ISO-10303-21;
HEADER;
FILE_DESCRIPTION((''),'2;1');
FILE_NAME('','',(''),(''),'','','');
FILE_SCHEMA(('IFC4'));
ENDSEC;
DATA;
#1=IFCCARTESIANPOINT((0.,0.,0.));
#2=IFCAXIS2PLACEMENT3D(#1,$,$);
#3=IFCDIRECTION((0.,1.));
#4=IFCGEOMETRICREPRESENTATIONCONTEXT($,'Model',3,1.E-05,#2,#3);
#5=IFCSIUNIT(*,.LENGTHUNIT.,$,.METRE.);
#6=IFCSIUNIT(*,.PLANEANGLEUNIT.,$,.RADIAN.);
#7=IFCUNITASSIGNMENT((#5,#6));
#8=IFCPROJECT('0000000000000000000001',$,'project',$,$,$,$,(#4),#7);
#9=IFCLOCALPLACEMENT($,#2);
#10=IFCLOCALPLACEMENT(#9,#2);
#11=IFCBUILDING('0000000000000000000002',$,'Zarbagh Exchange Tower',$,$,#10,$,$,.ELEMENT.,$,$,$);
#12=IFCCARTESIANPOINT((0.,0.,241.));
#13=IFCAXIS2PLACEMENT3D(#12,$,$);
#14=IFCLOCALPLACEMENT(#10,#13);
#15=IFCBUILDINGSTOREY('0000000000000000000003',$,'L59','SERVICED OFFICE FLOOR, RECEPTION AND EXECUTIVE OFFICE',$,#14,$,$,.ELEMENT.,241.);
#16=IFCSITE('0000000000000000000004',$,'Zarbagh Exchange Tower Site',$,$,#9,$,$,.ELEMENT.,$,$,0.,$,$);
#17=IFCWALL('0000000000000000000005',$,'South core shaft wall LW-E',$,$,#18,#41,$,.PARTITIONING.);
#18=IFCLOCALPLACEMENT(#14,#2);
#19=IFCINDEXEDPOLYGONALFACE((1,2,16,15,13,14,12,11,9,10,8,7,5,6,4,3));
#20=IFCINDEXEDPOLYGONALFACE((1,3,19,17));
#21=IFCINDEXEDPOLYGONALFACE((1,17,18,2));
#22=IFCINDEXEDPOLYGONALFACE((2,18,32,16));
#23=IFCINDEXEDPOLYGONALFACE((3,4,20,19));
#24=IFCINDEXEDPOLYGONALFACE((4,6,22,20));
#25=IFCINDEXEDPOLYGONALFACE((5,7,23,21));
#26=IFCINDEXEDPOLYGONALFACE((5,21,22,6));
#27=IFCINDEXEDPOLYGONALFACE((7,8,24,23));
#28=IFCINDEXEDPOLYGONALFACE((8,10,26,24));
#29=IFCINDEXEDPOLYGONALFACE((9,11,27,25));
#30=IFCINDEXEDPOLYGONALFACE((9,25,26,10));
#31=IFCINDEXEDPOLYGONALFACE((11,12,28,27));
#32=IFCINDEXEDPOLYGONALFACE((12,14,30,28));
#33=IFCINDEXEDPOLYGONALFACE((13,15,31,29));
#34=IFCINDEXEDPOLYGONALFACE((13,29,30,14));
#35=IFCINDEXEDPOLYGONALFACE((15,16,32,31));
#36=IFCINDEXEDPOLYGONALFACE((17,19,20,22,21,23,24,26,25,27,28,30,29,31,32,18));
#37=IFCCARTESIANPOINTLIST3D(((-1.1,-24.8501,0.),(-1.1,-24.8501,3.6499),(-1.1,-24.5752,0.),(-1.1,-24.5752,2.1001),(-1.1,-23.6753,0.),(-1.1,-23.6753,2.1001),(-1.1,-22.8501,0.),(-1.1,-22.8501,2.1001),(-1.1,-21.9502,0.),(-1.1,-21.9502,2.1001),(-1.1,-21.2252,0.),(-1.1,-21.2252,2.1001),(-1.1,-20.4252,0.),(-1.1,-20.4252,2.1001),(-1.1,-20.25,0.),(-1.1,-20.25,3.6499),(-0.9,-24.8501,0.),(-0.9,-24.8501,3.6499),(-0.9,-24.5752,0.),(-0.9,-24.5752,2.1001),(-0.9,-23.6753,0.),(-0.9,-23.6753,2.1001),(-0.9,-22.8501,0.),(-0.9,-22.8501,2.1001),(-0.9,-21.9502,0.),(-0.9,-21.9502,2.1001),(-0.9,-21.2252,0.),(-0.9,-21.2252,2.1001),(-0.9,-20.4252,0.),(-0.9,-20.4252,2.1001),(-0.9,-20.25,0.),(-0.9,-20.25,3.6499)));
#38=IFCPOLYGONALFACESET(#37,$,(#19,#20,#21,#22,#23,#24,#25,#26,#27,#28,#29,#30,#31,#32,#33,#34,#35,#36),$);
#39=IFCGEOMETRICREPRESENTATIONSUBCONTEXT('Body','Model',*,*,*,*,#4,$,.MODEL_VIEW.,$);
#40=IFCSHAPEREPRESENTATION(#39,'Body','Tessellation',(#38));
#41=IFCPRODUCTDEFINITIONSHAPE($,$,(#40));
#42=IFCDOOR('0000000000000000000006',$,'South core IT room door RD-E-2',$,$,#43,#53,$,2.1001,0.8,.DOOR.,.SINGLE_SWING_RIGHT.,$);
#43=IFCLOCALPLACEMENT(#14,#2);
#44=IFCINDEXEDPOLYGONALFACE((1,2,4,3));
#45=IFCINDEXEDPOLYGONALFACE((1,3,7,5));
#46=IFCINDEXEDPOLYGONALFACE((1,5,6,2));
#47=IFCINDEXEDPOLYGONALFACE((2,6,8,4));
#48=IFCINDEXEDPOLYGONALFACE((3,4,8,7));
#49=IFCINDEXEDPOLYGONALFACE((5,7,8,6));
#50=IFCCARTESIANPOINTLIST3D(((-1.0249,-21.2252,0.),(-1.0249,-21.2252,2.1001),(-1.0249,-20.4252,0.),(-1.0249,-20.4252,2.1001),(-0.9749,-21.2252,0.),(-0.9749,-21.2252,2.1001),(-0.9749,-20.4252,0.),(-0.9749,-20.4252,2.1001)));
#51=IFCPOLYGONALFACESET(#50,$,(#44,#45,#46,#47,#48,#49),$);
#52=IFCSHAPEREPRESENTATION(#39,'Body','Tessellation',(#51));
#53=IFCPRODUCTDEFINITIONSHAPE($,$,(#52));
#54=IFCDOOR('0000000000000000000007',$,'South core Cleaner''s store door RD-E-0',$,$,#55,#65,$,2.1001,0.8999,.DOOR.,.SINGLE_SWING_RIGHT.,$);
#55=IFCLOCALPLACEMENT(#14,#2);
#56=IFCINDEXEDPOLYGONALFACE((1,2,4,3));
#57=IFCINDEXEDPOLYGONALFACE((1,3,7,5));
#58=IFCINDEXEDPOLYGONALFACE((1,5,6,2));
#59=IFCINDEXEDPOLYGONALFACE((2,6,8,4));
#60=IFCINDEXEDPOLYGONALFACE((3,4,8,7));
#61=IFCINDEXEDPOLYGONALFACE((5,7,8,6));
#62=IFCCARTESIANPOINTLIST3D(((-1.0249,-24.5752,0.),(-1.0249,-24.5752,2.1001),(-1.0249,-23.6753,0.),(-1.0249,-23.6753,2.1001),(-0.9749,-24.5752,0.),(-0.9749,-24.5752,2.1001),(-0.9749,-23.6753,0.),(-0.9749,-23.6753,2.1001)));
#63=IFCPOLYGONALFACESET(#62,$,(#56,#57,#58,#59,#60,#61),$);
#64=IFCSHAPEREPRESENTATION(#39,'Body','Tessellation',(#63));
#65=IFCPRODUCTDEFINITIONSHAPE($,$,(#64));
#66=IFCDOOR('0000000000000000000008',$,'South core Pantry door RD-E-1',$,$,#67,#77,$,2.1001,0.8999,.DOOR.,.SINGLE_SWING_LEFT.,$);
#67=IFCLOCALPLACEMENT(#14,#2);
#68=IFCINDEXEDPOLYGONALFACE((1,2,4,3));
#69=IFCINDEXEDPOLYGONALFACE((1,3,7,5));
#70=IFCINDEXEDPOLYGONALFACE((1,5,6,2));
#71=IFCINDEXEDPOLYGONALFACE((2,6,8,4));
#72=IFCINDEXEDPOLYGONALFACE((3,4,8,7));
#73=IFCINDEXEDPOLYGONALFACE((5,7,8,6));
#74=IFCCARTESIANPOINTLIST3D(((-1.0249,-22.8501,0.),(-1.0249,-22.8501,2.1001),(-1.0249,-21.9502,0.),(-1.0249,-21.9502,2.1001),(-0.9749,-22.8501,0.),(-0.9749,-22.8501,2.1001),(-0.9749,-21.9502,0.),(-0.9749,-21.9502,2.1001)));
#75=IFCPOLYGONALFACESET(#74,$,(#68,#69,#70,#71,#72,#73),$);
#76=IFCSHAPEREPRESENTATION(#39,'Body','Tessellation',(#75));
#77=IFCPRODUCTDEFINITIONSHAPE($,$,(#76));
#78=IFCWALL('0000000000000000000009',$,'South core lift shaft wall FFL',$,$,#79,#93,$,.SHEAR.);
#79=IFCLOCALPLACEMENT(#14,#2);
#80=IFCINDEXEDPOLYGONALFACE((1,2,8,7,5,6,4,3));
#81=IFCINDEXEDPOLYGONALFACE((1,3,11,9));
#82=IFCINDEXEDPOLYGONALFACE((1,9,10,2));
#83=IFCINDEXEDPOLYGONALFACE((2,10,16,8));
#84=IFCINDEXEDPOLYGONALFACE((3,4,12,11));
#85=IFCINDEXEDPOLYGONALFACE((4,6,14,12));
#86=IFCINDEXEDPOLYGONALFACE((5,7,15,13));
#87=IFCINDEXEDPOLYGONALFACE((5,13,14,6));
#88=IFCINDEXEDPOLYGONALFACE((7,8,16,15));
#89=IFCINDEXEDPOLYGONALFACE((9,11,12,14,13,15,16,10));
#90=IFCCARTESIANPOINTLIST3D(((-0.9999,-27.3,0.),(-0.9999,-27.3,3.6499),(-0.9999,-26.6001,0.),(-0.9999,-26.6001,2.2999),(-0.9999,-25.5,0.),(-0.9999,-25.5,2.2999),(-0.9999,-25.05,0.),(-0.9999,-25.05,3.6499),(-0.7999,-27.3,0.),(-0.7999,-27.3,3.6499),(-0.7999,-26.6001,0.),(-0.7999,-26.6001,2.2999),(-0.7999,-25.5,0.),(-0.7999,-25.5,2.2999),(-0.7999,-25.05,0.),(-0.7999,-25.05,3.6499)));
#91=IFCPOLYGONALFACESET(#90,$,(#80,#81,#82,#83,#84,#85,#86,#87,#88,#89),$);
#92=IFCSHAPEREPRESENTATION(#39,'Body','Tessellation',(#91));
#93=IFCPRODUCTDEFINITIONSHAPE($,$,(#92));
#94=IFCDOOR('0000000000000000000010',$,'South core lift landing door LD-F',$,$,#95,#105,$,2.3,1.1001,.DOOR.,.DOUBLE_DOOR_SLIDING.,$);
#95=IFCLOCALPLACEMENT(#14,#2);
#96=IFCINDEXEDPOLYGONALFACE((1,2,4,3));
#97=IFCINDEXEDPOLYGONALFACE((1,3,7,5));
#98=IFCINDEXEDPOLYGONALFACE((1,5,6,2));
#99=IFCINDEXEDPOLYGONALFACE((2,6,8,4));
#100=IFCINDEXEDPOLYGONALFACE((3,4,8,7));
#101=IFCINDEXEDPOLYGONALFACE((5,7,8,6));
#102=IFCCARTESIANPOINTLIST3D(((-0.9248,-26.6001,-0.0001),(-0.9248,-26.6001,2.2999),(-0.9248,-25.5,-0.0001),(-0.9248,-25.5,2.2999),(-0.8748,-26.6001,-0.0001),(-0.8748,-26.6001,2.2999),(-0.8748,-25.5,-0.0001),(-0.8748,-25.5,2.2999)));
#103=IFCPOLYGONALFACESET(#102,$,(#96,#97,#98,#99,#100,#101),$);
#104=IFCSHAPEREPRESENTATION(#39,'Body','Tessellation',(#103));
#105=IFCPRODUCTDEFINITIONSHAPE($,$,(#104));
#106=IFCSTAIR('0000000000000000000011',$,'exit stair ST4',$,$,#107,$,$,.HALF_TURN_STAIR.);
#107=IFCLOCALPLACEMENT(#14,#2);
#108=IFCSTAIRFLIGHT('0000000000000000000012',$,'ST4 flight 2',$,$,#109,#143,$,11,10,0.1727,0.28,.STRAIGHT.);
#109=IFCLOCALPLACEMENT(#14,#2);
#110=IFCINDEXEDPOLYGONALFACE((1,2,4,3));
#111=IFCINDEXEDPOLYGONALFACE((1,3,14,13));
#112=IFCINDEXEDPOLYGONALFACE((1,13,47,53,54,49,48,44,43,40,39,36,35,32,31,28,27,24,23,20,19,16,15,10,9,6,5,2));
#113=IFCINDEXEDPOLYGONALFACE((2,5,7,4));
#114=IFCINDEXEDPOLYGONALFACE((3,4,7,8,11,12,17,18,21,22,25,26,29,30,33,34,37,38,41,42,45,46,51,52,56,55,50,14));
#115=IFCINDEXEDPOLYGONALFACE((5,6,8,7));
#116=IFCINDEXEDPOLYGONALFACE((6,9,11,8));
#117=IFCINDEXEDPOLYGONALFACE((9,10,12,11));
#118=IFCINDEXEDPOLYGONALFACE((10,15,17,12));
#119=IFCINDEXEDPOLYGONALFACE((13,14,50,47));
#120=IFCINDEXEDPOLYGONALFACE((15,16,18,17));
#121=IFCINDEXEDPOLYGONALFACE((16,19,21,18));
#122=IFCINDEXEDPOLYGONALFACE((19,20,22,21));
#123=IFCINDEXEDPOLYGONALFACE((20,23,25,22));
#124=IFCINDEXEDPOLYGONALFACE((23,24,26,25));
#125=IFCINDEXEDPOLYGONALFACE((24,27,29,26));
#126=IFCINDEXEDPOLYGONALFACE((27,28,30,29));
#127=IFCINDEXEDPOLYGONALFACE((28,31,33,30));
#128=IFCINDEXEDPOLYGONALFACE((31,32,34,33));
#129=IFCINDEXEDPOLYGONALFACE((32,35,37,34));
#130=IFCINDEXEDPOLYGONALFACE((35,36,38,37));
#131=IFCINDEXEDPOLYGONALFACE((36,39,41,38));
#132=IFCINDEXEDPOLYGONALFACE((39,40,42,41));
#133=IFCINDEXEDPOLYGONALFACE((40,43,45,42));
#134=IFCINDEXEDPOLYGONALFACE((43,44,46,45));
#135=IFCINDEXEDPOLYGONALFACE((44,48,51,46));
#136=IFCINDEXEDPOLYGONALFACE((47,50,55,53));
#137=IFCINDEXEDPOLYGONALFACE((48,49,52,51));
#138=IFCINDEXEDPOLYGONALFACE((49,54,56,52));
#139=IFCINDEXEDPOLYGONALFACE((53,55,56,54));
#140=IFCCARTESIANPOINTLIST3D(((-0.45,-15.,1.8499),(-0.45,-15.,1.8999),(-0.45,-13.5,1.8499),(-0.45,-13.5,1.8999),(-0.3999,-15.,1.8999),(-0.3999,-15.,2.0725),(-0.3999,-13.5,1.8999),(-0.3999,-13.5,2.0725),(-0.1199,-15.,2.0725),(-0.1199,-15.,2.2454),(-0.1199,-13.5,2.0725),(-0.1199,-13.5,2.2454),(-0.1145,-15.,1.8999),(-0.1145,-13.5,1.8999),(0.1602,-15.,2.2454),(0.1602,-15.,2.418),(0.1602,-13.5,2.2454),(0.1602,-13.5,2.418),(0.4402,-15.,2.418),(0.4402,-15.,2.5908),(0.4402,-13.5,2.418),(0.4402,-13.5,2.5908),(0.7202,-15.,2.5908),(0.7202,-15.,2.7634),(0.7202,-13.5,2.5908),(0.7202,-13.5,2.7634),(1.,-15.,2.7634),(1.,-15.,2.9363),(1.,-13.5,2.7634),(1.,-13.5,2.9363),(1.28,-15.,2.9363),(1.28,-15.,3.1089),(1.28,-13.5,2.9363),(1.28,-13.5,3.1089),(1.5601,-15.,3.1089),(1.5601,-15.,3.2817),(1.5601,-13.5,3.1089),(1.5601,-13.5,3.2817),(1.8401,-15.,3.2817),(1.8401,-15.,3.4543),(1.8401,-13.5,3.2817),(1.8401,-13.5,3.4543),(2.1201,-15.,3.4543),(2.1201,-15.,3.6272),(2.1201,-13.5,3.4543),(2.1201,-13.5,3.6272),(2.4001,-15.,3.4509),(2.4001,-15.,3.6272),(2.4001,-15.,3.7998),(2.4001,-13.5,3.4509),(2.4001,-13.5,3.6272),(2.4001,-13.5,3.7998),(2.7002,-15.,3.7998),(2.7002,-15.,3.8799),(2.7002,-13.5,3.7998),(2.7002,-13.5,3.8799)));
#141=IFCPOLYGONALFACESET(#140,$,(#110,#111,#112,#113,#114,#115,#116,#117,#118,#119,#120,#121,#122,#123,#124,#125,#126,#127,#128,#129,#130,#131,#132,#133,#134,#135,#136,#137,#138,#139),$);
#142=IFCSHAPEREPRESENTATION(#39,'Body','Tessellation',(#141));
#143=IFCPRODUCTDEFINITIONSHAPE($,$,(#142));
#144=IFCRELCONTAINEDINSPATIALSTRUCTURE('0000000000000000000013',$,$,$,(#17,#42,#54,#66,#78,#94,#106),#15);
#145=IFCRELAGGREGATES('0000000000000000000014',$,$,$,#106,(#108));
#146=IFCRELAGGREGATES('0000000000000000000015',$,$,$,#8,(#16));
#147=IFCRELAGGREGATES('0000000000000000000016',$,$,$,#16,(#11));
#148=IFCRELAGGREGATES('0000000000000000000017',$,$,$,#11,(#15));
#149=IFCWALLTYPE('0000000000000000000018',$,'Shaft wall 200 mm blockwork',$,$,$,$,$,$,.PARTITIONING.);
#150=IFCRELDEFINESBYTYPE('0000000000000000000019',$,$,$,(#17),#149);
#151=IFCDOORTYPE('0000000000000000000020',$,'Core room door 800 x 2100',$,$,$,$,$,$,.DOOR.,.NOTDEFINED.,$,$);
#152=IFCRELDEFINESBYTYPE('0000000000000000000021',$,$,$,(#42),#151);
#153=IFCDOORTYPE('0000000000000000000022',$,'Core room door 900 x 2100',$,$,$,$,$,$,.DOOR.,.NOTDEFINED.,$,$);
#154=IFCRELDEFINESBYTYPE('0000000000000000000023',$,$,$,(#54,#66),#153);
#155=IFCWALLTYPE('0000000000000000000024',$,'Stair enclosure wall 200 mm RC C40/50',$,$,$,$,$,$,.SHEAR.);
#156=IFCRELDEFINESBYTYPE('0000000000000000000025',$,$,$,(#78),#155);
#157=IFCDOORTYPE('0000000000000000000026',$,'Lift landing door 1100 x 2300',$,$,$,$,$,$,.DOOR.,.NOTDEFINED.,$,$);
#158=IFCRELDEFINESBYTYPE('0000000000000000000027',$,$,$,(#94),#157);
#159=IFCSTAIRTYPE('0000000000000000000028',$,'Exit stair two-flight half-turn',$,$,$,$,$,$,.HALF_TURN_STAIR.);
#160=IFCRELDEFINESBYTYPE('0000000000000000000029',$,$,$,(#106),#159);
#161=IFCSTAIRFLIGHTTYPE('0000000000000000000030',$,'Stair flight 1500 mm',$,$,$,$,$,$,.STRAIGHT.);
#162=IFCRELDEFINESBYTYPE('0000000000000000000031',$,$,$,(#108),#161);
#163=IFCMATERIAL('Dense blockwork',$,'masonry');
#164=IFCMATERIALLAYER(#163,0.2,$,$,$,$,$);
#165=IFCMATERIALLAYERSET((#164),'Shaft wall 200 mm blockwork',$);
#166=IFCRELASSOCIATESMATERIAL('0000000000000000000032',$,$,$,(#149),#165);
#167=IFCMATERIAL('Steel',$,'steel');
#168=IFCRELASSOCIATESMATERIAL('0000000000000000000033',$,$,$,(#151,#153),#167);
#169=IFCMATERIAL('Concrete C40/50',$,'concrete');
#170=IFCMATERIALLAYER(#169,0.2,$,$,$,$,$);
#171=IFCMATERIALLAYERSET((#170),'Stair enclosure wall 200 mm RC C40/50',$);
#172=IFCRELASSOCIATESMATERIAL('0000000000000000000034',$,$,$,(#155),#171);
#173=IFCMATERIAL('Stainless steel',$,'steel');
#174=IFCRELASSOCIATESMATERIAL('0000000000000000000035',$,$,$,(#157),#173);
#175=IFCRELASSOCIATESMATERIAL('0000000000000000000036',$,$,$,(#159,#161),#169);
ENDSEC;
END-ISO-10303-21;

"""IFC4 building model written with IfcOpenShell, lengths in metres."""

from ifc_helpers import new_model, si_unit, direction, frame, frame_2d, origin, place, context, subcontext, project, spatial, polyline, rectangle, outline, extrude, material, layer, layer_set, type_object, element, fill, aggregate, save


model = new_model("IFC4")

# Units and contexts
model_context = context("Model", 3, precision=1e-05, world=origin(), true_north=direction((0.0, 1.0)))
body_context = subcontext(model_context, "Body", "Model", "MODEL_VIEW")
ifc_project = project(units=[si_unit("LENGTHUNIT", "METRE"), si_unit("PLANEANGLEUNIT", "RADIAN")], contexts=[model_context])

# Site, building, storey
site_placement = place(None, origin())
site = spatial("IfcSite", under=ifc_project, at=site_placement, Name="Zarbagh Exchange Tower Site", CompositionType="ELEMENT", RefElevation=0.0)
building_placement = place(site_placement, origin())
building = spatial("IfcBuilding", under=site, at=building_placement, Name="Zarbagh Exchange Tower", CompositionType="ELEMENT")
storey_placement = place(building_placement, frame((0.0, 0.0, 241.0)))
storey = spatial("IfcBuildingStorey", under=building, at=storey_placement, Name="L59", Description="SERVICED OFFICE FLOOR, RECEPTION AND EXECUTIVE OFFICE", CompositionType="ELEMENT", Elevation=241.0)

# Shared definitions
ifc_material_1 = material(Name="Concrete C40/50", Category="concrete")

# Shared definitions
ifc_material_2 = material(Name="Dense blockwork", Category="masonry")

# Shared definitions
ifc_layer_1 = layer(ifc_material_2, 0.2)
ifc_layer_set_1 = layer_set([ifc_layer_1], Name="Shaft wall 200 mm blockwork")
wall_type_1 = type_object("IfcWallType", Name="Shaft wall 200 mm blockwork", PredefinedType="PARTITIONING", material=ifc_layer_set_1)

# Wall, openings, doors
wall_1_placement = place(storey_placement, frame((-1.0, -24.8501, 0.0), z_axis=(0.0, 0.0, 1.0), x_axis=(0.0, 1.0, 0.0)))
wall_1 = element("IfcWall", 1, at=wall_1_placement, inside=storey, type_object=wall_type_1, Name="South core shaft wall LW-E", PredefinedType="PARTITIONING", context=body_context, shape_type="SweptSolid", body=[
    extrude(rectangle(XDim=4.6001, YDim=0.2, at=frame_2d((2.3, 0.0))), origin(), (0.0, 0.0, 1.0), 3.6499),
])
opening_1_placement = place(wall_1_placement, frame((0.2749, 0.0, 0.0)))
opening_1 = element("IfcOpeningElement", 2, at=opening_1_placement, cuts=wall_1, PredefinedType="OPENING", context=body_context, shape_type="SweptSolid", body=[
    extrude(rectangle(XDim=0.8999, YDim=2.1001, at=frame_2d((0.45, 1.05))), frame((0.0, 0.1099, 0.0), z_axis=(0.0, -1.0, 0.0), x_axis=(1.0, 0.0, 0.0)), (0.0, 0.0, 1.0), 0.22),
])
opening_2_placement = place(wall_1_placement, frame((2.0, 0.0, 0.0)))
opening_2 = element("IfcOpeningElement", 3, at=opening_2_placement, cuts=wall_1, PredefinedType="OPENING", context=body_context, shape_type="SweptSolid", body=[
    extrude(rectangle(XDim=0.8999, YDim=2.1001, at=frame_2d((0.45, 1.05))), frame((0.0, 0.1099, 0.0), z_axis=(0.0, -1.0, 0.0), x_axis=(1.0, 0.0, 0.0)), (0.0, 0.0, 1.0), 0.22),
])
opening_3_placement = place(wall_1_placement, frame((3.625, 0.0, 0.0)))
opening_3 = element("IfcOpeningElement", 4, at=opening_3_placement, cuts=wall_1, PredefinedType="OPENING", context=body_context, shape_type="SweptSolid", body=[
    extrude(rectangle(XDim=0.8, YDim=2.1001, at=frame_2d((0.3999, 1.05))), frame((0.0, 0.1099, 0.0), z_axis=(0.0, -1.0, 0.0), x_axis=(1.0, 0.0, 0.0)), (0.0, 0.0, 1.0), 0.22),
])
ifc_material_3 = material(Name="Steel", Category="steel")
door_type_1 = type_object("IfcDoorType", Name="Core room door 800 x 2100", OperationType="NOTDEFINED", PredefinedType="DOOR", material=ifc_material_3)
door_1_placement = place(opening_3_placement, origin())
door_1 = element("IfcDoor", 5, at=door_1_placement, inside=storey, type_object=door_type_1, Name="South core IT room door RD-E-2", OperationType="SINGLE_SWING_RIGHT", OverallHeight=2.1001, OverallWidth=0.8, PredefinedType="DOOR", context=body_context, shape_type="SweptSolid", body=[
    extrude(rectangle(XDim=0.8, YDim=2.1001, at=frame_2d((0.3999, 1.05))), frame((0.0, 0.0249, 0.0), z_axis=(0.0, -1.0, 0.0), x_axis=(1.0, 0.0, 0.0)), (0.0, 0.0, 1.0), 0.05),
])
fill(opening_3, door_1)
door_type_2 = type_object("IfcDoorType", Name="Core room door 900 x 2100", OperationType="NOTDEFINED", PredefinedType="DOOR", material=ifc_material_3)
door_2_placement = place(opening_1_placement, origin())
door_2 = element("IfcDoor", 6, at=door_2_placement, inside=storey, type_object=door_type_2, Name="South core Cleaner's store door RD-E-0", OperationType="SINGLE_SWING_RIGHT", OverallHeight=2.1001, OverallWidth=0.8999, PredefinedType="DOOR", context=body_context, shape_type="SweptSolid", body=[
    extrude(rectangle(XDim=0.8999, YDim=2.1001, at=frame_2d((0.45, 1.05))), frame((0.0, 0.0249, 0.0), z_axis=(0.0, -1.0, 0.0), x_axis=(1.0, 0.0, 0.0)), (0.0, 0.0, 1.0), 0.05),
])
fill(opening_1, door_2)
door_3_placement = place(opening_2_placement, origin())
door_3 = element("IfcDoor", 7, at=door_3_placement, inside=storey, type_object=door_type_2, Name="South core Pantry door RD-E-1", OperationType="SINGLE_SWING_LEFT", OverallHeight=2.1001, OverallWidth=0.8999, PredefinedType="DOOR", context=body_context, shape_type="SweptSolid", body=[
    extrude(rectangle(XDim=0.8999, YDim=2.1001, at=frame_2d((0.45, 1.05))), frame((0.0, 0.0249, 0.0), z_axis=(0.0, -1.0, 0.0), x_axis=(1.0, 0.0, 0.0)), (0.0, 0.0, 1.0), 0.05),
])
fill(opening_2, door_3)

# Wall, opening, door
ifc_layer_2 = layer(ifc_material_1, 0.2)
ifc_layer_set_2 = layer_set([ifc_layer_2], Name="Stair enclosure wall 200 mm RC C40/50")
wall_type_2 = type_object("IfcWallType", Name="Stair enclosure wall 200 mm RC C40/50", PredefinedType="SHEAR", material=ifc_layer_set_2)
wall_2_placement = place(storey_placement, frame((-0.8999, -27.3, 0.0), z_axis=(0.0, 0.0, 1.0), x_axis=(0.0, 1.0, 0.0)))
wall_2 = element("IfcWall", 8, at=wall_2_placement, inside=storey, type_object=wall_type_2, Name="South core lift shaft wall FFL", PredefinedType="SHEAR", context=body_context, shape_type="SweptSolid", body=[
    extrude(rectangle(XDim=2.25, YDim=0.2, at=frame_2d((1.125, 0.0))), origin(), (0.0, 0.0, 1.0), 3.6499),
])
opening_4_placement = place(wall_2_placement, frame((0.7, 0.0, 0.0)))
opening_4 = element("IfcOpeningElement", 9, at=opening_4_placement, cuts=wall_2, PredefinedType="OPENING", context=body_context, shape_type="SweptSolid", body=[
    extrude(rectangle(XDim=1.1001, YDim=2.3, at=frame_2d((0.55, 1.1499))), frame((0.0, 0.1099, 0.0), z_axis=(0.0, -1.0, 0.0), x_axis=(1.0, 0.0, 0.0)), (0.0, 0.0, 1.0), 0.22),
])
ifc_material_4 = material(Name="Stainless steel", Category="steel")
door_type_3 = type_object("IfcDoorType", Name="Lift landing door 1100 x 2300", OperationType="NOTDEFINED", PredefinedType="DOOR", material=ifc_material_4)
door_4_placement = place(opening_4_placement, origin())
door_4 = element("IfcDoor", 10, at=door_4_placement, inside=storey, type_object=door_type_3, Name="South core lift landing door LD-F", OperationType="DOUBLE_DOOR_SLIDING", OverallHeight=2.3, OverallWidth=1.1001, PredefinedType="DOOR", context=body_context, shape_type="SweptSolid", body=[
    extrude(rectangle(XDim=1.1001, YDim=2.3, at=frame_2d((0.55, 1.1499))), frame((0.0, 0.0249, 0.0), z_axis=(0.0, -1.0, 0.0), x_axis=(1.0, 0.0, 0.0)), (0.0, 0.0, 1.0), 0.05),
])
fill(opening_4, door_4)

# Stair, stair flight
stair_type = type_object("IfcStairType", Name="Exit stair two-flight half-turn", PredefinedType="HALF_TURN_STAIR", material=ifc_material_1)
stair_placement = place(storey_placement, origin())
stair = element("IfcStair", 11, at=stair_placement, inside=storey, type_object=stair_type, Name="exit stair ST4", PredefinedType="HALF_TURN_STAIR")
stair_flight_type = type_object("IfcStairFlightType", Name="Stair flight 1500 mm", PredefinedType="STRAIGHT", material=ifc_material_1)
stair_flight_placement = place(storey_placement, frame((-0.3999, -14.25, 1.8999), z_axis=(0.0, 0.0, 1.0), x_axis=(1.0, 0.0, 0.0)))
stair_flight = element("IfcStairFlight", 12, at=stair_flight_placement, type_object=stair_flight_type, Name="ST4 flight 2", NumberOfRisers=11, NumberOfTreads=10, PredefinedType="STRAIGHT", RiserHeight=0.1727, TreadLength=0.28, context=body_context, shape_type="SweptSolid", body=[
    extrude(outline(polyline([(-0.05, -0.05), (-0.05, 0.0), (0.0, 0.0), (0.0, 0.1726), (0.28, 0.1726), (0.28, 0.3455), (0.5601, 0.3455), (0.5601, 0.5181), (0.8401, 0.5181), (0.8401, 0.6909), (1.1201, 0.6909), (1.1201, 0.8635), (1.3999, 0.8635), (1.3999, 1.0364), (1.6799, 1.0364), (1.6799, 1.209), (1.96, 1.209), (1.96, 1.3818), (2.24, 1.3818), (2.24, 1.5544), (2.52, 1.5544), (2.52, 1.7273), (2.8, 1.7273), (2.8, 1.8999), (3.1001, 1.98), (3.1001, 1.8999), (2.8, 1.551), (0.2854, 0.0), (-0.05, -0.05)])), frame((0.0, 0.75, 0.0), z_axis=(0.0, -1.0, 0.0), x_axis=(1.0, 0.0, 0.0)), (0.0, 0.0, 1.0), 1.5),
])
aggregate(stair, [stair_flight])

save(model, "model.ifc")
